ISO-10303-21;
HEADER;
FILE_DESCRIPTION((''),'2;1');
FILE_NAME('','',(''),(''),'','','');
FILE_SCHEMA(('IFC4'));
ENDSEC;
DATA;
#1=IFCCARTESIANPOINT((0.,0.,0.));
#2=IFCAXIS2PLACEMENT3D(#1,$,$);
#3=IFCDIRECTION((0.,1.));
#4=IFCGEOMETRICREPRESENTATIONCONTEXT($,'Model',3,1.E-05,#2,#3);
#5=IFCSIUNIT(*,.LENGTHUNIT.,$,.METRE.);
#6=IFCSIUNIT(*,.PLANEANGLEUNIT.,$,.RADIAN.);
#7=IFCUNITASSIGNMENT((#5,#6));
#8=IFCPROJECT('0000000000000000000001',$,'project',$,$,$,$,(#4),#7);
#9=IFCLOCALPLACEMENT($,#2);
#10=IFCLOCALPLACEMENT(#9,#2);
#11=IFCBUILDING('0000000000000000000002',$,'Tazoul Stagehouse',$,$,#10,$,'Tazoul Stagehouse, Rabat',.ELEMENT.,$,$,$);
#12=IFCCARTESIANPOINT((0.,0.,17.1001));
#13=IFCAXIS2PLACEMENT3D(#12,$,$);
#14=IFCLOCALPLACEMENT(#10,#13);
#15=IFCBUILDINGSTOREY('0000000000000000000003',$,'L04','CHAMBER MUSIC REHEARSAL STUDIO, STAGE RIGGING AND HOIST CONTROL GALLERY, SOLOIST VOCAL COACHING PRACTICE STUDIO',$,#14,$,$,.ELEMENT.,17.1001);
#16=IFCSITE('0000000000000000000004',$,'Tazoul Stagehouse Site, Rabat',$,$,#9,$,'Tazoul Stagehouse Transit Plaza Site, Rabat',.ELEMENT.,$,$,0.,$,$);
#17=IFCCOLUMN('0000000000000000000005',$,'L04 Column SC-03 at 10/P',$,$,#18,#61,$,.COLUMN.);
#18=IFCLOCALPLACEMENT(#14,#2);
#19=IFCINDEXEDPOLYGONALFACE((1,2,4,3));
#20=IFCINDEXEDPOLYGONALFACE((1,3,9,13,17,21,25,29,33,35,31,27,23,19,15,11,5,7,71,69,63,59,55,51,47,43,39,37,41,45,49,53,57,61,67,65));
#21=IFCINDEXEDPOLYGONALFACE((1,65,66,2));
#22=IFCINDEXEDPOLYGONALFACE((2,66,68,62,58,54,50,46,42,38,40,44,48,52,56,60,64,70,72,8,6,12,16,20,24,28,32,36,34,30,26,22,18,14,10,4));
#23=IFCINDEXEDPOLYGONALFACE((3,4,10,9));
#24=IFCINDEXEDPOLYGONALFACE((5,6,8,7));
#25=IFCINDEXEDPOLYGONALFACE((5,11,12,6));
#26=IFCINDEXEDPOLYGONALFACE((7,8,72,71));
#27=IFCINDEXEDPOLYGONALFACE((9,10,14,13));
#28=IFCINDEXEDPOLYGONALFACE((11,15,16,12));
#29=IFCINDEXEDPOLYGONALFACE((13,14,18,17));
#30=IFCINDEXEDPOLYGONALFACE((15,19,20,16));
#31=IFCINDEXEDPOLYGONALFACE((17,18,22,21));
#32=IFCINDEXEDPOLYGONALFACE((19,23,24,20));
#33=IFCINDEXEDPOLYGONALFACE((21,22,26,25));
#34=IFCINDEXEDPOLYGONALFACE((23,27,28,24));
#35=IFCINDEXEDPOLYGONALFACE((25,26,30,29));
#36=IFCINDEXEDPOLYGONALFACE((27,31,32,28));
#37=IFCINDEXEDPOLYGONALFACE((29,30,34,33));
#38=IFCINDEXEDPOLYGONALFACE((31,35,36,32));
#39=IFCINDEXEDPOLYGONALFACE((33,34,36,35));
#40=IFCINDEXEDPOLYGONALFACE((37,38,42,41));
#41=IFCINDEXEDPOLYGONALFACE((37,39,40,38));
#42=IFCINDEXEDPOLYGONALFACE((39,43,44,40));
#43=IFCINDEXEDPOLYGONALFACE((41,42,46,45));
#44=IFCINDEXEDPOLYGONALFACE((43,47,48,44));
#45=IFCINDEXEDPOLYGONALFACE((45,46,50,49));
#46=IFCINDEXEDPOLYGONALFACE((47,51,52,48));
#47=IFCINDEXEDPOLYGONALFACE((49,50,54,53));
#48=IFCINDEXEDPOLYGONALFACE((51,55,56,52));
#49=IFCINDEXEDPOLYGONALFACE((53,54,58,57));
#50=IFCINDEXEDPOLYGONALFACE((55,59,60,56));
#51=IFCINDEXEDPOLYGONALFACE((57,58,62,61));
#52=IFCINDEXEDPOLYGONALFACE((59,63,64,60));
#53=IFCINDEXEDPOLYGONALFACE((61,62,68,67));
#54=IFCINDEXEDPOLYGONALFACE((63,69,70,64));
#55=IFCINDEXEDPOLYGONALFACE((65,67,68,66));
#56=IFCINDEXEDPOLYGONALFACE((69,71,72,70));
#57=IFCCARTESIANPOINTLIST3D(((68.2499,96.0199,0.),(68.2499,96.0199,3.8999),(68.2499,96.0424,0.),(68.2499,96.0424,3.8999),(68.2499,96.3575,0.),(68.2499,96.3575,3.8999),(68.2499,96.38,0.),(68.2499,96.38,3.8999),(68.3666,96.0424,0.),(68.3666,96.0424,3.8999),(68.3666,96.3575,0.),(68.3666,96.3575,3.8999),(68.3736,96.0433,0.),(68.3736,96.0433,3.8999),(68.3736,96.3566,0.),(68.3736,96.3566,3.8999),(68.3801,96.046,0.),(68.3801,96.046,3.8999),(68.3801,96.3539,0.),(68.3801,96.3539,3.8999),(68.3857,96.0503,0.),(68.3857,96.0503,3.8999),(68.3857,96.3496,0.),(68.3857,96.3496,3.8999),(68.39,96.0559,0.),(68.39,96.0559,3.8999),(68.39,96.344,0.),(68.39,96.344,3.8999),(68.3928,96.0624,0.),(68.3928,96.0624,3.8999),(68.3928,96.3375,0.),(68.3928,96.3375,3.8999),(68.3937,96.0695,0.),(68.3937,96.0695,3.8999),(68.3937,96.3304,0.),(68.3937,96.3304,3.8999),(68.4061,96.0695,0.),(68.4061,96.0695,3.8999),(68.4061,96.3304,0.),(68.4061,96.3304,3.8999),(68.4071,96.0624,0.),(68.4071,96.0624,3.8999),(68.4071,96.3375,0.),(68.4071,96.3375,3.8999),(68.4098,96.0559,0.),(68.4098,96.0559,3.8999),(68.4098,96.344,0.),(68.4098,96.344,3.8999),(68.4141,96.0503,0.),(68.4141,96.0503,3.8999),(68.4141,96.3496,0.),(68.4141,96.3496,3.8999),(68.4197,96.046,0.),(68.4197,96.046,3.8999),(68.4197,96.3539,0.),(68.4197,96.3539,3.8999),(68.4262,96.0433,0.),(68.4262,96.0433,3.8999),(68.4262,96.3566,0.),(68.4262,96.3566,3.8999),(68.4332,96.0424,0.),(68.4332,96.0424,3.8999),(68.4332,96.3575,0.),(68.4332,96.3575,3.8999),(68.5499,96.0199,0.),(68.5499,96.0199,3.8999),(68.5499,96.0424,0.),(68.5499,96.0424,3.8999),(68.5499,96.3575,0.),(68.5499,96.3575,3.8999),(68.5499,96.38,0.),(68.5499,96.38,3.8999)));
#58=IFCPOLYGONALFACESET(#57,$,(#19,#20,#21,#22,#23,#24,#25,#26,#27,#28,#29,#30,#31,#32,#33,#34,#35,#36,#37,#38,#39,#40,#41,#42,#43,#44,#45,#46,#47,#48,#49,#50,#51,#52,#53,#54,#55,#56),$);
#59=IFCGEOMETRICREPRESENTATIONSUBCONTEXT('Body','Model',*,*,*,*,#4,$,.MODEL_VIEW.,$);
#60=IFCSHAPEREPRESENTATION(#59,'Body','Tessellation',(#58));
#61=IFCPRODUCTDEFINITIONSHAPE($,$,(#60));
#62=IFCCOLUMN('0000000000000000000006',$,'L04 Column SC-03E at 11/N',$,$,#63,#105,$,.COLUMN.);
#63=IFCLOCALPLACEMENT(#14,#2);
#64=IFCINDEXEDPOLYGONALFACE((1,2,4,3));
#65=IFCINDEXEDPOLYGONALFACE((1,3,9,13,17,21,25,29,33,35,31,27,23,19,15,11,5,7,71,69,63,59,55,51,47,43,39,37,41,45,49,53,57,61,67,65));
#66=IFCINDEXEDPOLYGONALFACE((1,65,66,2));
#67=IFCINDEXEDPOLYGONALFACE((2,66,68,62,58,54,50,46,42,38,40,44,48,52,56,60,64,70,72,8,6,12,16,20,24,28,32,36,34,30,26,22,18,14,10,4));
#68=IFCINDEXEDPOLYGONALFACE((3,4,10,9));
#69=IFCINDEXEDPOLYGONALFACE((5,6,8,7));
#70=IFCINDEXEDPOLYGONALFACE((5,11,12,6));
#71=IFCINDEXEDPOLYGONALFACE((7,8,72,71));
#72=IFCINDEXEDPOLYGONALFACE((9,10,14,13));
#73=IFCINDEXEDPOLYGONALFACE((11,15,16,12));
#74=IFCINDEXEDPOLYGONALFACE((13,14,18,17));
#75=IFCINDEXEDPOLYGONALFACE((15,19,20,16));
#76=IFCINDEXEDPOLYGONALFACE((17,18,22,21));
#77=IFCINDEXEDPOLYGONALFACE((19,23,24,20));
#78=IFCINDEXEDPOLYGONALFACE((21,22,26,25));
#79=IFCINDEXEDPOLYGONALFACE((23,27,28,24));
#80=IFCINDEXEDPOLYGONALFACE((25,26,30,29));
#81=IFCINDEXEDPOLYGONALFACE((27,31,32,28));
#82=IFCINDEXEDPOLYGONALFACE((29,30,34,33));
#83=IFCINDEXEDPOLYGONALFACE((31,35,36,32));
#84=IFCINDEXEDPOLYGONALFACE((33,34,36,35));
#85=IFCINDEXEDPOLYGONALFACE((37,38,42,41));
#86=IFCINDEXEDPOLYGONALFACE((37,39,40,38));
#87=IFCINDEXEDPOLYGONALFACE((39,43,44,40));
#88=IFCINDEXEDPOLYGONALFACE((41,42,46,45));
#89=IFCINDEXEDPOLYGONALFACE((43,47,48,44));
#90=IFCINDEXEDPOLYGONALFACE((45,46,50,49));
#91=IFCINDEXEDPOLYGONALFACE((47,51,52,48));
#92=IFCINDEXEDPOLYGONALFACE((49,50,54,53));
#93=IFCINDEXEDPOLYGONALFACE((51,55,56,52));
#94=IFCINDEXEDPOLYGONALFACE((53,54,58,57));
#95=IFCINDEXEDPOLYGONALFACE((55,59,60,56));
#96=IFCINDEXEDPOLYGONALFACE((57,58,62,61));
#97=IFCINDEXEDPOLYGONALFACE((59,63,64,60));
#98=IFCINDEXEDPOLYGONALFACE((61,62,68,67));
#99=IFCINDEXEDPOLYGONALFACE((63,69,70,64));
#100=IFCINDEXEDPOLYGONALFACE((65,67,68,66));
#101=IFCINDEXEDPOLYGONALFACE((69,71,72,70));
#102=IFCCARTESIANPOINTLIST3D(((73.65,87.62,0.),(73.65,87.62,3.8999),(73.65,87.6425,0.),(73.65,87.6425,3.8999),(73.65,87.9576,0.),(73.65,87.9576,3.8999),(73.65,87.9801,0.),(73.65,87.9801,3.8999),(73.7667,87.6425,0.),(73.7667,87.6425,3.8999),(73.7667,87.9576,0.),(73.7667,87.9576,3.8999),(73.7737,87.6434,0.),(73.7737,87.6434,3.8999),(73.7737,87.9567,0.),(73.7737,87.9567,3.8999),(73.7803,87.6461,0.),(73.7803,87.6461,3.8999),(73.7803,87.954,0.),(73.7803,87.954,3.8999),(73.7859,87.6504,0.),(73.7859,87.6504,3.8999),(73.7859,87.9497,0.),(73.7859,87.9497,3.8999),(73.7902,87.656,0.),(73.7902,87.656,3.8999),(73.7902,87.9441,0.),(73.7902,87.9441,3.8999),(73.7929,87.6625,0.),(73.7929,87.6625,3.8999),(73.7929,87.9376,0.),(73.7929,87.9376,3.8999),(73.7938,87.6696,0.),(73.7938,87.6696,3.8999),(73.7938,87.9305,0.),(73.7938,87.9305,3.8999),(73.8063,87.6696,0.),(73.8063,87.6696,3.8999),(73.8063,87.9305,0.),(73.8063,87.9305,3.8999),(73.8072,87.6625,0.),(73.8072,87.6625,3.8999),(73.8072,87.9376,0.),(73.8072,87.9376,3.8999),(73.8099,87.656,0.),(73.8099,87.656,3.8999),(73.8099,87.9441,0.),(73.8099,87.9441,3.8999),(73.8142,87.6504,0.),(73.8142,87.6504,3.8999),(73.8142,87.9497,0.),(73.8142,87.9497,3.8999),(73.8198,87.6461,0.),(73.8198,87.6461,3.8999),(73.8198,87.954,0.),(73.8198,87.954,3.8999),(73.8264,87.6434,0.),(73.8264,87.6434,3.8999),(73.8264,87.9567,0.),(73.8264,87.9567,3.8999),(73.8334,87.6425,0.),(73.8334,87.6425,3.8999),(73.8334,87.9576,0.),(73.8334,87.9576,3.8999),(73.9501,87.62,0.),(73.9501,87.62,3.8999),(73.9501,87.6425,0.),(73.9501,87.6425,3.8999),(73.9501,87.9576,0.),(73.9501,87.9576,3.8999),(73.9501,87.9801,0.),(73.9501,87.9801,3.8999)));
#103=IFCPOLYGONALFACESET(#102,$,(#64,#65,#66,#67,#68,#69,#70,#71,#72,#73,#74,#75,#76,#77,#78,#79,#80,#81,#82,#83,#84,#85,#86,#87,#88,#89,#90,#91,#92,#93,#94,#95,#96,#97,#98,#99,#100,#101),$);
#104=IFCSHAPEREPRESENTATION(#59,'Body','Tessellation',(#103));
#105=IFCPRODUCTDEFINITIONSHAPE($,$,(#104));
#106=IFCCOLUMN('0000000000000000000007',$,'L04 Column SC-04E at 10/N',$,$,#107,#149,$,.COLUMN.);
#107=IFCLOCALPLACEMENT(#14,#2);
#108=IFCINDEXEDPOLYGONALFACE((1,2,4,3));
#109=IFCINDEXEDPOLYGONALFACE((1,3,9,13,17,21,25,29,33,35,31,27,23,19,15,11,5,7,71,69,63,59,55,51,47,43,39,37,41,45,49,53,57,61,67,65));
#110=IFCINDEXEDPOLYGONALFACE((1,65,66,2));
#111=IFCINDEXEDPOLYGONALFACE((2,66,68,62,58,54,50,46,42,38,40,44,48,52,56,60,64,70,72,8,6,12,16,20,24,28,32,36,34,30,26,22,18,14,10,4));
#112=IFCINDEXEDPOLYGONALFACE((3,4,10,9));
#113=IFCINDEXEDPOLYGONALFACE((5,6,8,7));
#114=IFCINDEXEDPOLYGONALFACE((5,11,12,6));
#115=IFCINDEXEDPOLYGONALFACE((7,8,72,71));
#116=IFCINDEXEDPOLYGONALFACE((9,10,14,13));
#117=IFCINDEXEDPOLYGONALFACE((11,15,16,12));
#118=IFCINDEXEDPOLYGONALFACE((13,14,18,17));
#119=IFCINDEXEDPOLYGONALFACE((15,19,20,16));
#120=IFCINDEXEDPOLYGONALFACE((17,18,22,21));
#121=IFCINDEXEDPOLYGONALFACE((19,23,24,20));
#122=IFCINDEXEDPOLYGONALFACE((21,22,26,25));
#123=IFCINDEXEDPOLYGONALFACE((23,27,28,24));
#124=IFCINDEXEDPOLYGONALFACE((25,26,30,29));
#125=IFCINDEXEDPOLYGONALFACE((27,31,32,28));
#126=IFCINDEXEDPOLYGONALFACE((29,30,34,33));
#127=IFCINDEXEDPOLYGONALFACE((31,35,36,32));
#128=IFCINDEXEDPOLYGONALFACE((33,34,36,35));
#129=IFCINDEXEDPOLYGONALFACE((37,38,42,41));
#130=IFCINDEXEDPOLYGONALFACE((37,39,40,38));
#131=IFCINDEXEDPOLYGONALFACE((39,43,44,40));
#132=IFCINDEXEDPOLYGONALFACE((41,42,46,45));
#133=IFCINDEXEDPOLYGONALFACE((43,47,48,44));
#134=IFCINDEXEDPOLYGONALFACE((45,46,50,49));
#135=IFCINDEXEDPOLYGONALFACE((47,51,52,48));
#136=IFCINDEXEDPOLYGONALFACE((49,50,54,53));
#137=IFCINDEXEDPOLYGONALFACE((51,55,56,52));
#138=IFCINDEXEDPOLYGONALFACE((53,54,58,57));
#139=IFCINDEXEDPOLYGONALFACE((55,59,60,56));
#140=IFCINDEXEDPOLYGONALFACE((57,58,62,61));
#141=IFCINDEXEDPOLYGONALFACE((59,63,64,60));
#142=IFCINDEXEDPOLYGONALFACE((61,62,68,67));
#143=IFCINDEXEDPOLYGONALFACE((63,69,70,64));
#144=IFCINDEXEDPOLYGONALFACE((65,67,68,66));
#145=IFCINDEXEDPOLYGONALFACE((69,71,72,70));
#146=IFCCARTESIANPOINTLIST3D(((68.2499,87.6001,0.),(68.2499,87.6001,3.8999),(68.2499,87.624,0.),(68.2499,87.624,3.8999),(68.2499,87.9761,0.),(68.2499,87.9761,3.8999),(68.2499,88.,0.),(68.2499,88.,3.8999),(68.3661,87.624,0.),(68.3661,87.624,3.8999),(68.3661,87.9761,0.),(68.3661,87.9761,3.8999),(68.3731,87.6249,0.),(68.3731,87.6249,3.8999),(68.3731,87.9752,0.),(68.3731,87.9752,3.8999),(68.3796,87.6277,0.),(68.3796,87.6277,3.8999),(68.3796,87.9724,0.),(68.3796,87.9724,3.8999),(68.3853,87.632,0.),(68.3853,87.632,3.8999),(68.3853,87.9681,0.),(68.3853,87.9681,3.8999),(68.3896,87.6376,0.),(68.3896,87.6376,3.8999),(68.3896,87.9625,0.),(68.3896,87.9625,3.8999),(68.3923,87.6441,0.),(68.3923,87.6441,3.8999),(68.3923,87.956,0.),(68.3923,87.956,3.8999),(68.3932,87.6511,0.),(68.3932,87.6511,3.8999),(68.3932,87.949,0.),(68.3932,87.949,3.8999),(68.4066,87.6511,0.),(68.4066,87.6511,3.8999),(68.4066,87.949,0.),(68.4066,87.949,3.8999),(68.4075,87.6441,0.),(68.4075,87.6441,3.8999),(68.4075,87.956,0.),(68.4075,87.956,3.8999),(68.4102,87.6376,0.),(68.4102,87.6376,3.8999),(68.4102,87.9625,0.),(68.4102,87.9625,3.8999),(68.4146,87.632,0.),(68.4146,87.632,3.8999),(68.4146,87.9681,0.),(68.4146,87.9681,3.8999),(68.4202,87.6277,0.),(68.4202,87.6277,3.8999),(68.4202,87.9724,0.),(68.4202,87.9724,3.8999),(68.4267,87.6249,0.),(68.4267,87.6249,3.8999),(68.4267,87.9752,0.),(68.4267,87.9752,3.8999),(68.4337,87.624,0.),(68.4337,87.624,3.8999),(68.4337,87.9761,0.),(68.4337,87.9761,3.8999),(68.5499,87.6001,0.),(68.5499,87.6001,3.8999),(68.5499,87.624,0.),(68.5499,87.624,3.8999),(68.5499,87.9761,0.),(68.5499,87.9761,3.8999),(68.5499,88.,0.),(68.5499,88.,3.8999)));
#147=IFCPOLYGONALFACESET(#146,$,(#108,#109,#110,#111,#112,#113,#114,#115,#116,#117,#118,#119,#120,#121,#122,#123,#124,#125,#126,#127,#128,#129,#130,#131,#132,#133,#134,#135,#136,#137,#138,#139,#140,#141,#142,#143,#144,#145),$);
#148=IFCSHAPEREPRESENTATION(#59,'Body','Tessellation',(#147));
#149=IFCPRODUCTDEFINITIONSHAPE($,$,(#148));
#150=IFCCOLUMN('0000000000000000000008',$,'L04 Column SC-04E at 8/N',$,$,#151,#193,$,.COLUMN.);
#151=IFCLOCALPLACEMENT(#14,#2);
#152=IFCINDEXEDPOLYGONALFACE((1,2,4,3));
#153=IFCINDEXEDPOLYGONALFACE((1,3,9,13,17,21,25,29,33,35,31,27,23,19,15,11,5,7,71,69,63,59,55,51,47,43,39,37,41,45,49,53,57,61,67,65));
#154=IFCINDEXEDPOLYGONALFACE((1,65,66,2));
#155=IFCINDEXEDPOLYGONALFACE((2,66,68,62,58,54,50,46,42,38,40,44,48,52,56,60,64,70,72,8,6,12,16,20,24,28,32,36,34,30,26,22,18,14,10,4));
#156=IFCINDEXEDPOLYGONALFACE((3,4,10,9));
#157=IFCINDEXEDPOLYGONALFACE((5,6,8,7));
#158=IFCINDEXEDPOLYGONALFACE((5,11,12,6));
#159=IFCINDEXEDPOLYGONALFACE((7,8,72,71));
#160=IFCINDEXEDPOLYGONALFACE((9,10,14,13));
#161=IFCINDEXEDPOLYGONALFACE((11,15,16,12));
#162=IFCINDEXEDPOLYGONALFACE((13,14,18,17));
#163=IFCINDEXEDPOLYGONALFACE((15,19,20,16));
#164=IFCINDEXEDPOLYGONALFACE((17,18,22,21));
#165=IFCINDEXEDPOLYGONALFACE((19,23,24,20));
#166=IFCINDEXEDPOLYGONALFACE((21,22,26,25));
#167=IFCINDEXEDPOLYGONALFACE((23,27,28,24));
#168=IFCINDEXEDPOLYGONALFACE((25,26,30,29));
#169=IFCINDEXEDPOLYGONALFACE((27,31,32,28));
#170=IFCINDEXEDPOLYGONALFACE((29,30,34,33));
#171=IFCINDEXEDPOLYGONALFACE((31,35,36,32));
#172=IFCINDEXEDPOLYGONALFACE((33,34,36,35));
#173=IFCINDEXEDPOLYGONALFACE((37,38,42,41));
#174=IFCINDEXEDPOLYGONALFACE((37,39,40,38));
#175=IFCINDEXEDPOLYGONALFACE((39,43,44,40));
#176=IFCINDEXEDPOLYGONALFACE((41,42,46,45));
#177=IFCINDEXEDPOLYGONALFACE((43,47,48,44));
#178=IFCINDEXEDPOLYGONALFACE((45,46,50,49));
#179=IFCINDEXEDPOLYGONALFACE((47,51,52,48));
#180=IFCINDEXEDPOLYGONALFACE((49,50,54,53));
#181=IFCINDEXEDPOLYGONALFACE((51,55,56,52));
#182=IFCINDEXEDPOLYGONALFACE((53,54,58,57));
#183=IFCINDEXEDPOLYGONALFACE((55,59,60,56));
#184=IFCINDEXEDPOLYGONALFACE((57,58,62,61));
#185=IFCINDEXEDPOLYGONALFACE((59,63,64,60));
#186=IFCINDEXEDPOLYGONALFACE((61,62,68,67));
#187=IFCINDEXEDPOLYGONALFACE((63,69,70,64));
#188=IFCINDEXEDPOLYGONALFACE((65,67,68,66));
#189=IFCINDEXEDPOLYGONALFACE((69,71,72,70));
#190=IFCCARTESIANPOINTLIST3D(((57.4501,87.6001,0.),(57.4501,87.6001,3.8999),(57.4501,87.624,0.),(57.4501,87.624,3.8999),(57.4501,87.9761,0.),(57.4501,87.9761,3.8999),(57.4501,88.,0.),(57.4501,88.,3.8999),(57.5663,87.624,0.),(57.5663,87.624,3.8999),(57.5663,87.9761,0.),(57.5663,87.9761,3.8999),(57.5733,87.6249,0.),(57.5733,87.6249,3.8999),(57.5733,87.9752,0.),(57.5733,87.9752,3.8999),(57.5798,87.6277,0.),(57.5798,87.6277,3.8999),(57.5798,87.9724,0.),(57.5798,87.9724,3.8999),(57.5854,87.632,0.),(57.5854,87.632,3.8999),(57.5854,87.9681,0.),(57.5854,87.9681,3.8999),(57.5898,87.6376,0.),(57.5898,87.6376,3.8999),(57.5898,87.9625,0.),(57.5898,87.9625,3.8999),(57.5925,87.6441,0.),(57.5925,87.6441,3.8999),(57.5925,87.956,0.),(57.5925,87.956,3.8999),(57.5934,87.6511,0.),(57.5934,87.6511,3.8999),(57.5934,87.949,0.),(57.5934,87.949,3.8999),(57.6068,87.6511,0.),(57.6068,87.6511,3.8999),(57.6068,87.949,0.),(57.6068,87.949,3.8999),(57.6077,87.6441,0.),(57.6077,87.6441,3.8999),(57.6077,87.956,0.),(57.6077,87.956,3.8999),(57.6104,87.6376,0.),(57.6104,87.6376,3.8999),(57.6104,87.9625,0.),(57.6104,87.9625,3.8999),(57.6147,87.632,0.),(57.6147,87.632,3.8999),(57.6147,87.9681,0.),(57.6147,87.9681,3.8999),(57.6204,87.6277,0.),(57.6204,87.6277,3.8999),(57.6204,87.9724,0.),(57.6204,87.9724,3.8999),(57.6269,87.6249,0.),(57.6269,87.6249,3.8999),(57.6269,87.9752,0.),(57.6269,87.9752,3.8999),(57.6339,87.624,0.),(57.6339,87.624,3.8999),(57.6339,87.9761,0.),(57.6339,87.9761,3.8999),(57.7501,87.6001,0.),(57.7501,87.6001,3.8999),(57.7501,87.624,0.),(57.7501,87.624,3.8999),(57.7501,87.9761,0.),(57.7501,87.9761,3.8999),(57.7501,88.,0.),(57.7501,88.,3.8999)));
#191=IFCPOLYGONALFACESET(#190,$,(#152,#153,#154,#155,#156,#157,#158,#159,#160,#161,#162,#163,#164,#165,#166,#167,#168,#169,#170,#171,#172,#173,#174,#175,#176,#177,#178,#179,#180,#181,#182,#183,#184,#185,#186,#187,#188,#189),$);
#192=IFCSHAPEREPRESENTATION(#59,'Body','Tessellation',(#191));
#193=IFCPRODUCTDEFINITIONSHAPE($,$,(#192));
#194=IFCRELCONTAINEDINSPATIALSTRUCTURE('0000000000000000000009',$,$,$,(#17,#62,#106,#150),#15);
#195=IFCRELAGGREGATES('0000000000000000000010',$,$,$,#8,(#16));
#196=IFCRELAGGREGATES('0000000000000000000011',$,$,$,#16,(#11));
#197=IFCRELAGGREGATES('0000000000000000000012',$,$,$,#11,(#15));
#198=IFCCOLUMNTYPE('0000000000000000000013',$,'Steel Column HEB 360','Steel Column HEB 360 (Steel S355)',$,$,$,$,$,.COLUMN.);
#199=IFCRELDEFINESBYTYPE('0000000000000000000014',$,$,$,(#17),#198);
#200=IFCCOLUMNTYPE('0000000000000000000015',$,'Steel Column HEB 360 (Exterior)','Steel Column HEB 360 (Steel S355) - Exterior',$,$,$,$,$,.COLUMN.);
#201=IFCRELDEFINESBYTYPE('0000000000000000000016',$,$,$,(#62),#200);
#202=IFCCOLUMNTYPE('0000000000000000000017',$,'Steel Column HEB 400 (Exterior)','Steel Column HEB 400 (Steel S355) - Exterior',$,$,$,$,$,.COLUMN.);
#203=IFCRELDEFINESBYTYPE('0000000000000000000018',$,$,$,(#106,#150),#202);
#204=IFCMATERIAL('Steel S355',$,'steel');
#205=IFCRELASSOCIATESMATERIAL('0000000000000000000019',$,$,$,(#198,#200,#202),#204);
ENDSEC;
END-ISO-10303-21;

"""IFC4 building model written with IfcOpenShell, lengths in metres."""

from ifc_helpers import new_model, si_unit, direction, frame, origin, origin_2d, place, context, subcontext, project, spatial, i_section, extrude, material, material_profile, profile_set, type_object, element, save


model = new_model("IFC4")

# Units and contexts
model_context = context("Model", 3, precision=1e-05, world=origin(), true_north=direction((0.0, 1.0)))
body_context = subcontext(model_context, "Body", "Model", "MODEL_VIEW")
ifc_project = project(units=[si_unit("LENGTHUNIT", "METRE"), si_unit("PLANEANGLEUNIT", "RADIAN")], contexts=[model_context])

# Site, building, storey
site_placement = place(None, origin())
site = spatial("IfcSite", under=ifc_project, at=site_placement, Name="Tazoul Stagehouse Site, Rabat", LongName="Tazoul Stagehouse Transit Plaza Site, Rabat", CompositionType="ELEMENT", RefElevation=0.0)
building_placement = place(site_placement, origin())
building = spatial("IfcBuilding", under=site, at=building_placement, Name="Tazoul Stagehouse", LongName="Tazoul Stagehouse, Rabat", CompositionType="ELEMENT")
storey_placement = place(building_placement, frame((0.0, 0.0, 17.1001)))
storey = spatial("IfcBuildingStorey", under=building, at=storey_placement, Name="L04", Description="CHAMBER MUSIC REHEARSAL STUDIO, STAGE RIGGING AND HOIST CONTROL GALLERY, SOLOIST VOCAL COACHING PRACTICE STUDIO", CompositionType="ELEMENT", Elevation=17.1001)

# Columns
ifc_material_1 = material(Name="Steel S355", Category="steel")
ifc_material_profile_1 = material_profile(ifc_material_1, i_section(OverallWidth=0.3, OverallDepth=0.3601, WebThickness=0.0125, FlangeThickness=0.0225, FilletRadius=0.0271, at=origin_2d()), Name="HEB 360")
ifc_profile_set_1 = profile_set([ifc_material_profile_1], Name="Steel S355")
column_type_1 = type_object("IfcColumnType", Name="Steel Column HEB 360", Description="Steel Column HEB 360 (Steel S355)", PredefinedType="COLUMN", material=ifc_profile_set_1)
column_1_placement = place(storey_placement, frame((68.3999, 96.2, 0.0), z_axis=(0.0, 0.0, 1.0), x_axis=(1.0, 0.0, 0.0)))
element("IfcColumn", 1, at=column_1_placement, inside=storey, type_object=column_type_1, Name="L04 Column SC-03 at 10/P", PredefinedType="COLUMN", context=body_context, shape_type="SweptSolid", body=[
    extrude(i_section(OverallWidth=0.3, OverallDepth=0.3601, WebThickness=0.0125, FlangeThickness=0.0225, FilletRadius=0.0271, at=origin_2d()), origin(), (0.0, 0.0, 1.0), 3.8999),
])
ifc_material_profile_2 = material_profile(ifc_material_1, i_section(OverallWidth=0.3, OverallDepth=0.3601, WebThickness=0.0125, FlangeThickness=0.0225, FilletRadius=0.0271, at=origin_2d()), Name="HEB 360")
ifc_profile_set_2 = profile_set([ifc_material_profile_2], Name="Steel S355")
column_type_2 = type_object("IfcColumnType", Name="Steel Column HEB 360 (Exterior)", Description="Steel Column HEB 360 (Steel S355) - Exterior", PredefinedType="COLUMN", material=ifc_profile_set_2)
column_2_placement = place(storey_placement, frame((73.8, 87.8, 0.0), z_axis=(0.0, 0.0, 1.0), x_axis=(1.0, 0.0, 0.0)))
element("IfcColumn", 2, at=column_2_placement, inside=storey, type_object=column_type_2, Name="L04 Column SC-03E at 11/N", PredefinedType="COLUMN", context=body_context, shape_type="SweptSolid", body=[
    extrude(i_section(OverallWidth=0.3, OverallDepth=0.3601, WebThickness=0.0125, FlangeThickness=0.0225, FilletRadius=0.0271, at=origin_2d()), origin(), (0.0, 0.0, 1.0), 3.8999),
])
ifc_material_profile_3 = material_profile(ifc_material_1, i_section(OverallWidth=0.3, OverallDepth=0.3999, WebThickness=0.0134, FlangeThickness=0.0239, FilletRadius=0.0271, at=origin_2d()), Name="HEB 400")
ifc_profile_set_3 = profile_set([ifc_material_profile_3], Name="Steel S355")
column_type_3 = type_object("IfcColumnType", Name="Steel Column HEB 400 (Exterior)", Description="Steel Column HEB 400 (Steel S355) - Exterior", PredefinedType="COLUMN", material=ifc_profile_set_3)
for number, where, z_axis, x_axis, name in (
    (3, (68.3999, 87.8, 0.0), (0.0, 0.0, 1.0), (1.0, 0.0, 0.0), "L04 Column SC-04E at 10/N"),
    (4, (57.6001, 87.8, 0.0), (0.0, 0.0, 1.0), (1.0, 0.0, 0.0), "L04 Column SC-04E at 8/N"),
):
    element("IfcColumn", number, at=place(storey_placement, frame(where, z_axis=z_axis, x_axis=x_axis)), inside=storey, type_object=column_type_3, Name=name, PredefinedType="COLUMN", context=body_context, shape_type="SweptSolid", body=[
        extrude(i_section(OverallWidth=0.3, OverallDepth=0.3999, WebThickness=0.0134, FlangeThickness=0.0239, FilletRadius=0.0271, at=origin_2d()), origin(), (0.0, 0.0, 1.0), 3.8999),
    ])

save(model, "model.ifc")
